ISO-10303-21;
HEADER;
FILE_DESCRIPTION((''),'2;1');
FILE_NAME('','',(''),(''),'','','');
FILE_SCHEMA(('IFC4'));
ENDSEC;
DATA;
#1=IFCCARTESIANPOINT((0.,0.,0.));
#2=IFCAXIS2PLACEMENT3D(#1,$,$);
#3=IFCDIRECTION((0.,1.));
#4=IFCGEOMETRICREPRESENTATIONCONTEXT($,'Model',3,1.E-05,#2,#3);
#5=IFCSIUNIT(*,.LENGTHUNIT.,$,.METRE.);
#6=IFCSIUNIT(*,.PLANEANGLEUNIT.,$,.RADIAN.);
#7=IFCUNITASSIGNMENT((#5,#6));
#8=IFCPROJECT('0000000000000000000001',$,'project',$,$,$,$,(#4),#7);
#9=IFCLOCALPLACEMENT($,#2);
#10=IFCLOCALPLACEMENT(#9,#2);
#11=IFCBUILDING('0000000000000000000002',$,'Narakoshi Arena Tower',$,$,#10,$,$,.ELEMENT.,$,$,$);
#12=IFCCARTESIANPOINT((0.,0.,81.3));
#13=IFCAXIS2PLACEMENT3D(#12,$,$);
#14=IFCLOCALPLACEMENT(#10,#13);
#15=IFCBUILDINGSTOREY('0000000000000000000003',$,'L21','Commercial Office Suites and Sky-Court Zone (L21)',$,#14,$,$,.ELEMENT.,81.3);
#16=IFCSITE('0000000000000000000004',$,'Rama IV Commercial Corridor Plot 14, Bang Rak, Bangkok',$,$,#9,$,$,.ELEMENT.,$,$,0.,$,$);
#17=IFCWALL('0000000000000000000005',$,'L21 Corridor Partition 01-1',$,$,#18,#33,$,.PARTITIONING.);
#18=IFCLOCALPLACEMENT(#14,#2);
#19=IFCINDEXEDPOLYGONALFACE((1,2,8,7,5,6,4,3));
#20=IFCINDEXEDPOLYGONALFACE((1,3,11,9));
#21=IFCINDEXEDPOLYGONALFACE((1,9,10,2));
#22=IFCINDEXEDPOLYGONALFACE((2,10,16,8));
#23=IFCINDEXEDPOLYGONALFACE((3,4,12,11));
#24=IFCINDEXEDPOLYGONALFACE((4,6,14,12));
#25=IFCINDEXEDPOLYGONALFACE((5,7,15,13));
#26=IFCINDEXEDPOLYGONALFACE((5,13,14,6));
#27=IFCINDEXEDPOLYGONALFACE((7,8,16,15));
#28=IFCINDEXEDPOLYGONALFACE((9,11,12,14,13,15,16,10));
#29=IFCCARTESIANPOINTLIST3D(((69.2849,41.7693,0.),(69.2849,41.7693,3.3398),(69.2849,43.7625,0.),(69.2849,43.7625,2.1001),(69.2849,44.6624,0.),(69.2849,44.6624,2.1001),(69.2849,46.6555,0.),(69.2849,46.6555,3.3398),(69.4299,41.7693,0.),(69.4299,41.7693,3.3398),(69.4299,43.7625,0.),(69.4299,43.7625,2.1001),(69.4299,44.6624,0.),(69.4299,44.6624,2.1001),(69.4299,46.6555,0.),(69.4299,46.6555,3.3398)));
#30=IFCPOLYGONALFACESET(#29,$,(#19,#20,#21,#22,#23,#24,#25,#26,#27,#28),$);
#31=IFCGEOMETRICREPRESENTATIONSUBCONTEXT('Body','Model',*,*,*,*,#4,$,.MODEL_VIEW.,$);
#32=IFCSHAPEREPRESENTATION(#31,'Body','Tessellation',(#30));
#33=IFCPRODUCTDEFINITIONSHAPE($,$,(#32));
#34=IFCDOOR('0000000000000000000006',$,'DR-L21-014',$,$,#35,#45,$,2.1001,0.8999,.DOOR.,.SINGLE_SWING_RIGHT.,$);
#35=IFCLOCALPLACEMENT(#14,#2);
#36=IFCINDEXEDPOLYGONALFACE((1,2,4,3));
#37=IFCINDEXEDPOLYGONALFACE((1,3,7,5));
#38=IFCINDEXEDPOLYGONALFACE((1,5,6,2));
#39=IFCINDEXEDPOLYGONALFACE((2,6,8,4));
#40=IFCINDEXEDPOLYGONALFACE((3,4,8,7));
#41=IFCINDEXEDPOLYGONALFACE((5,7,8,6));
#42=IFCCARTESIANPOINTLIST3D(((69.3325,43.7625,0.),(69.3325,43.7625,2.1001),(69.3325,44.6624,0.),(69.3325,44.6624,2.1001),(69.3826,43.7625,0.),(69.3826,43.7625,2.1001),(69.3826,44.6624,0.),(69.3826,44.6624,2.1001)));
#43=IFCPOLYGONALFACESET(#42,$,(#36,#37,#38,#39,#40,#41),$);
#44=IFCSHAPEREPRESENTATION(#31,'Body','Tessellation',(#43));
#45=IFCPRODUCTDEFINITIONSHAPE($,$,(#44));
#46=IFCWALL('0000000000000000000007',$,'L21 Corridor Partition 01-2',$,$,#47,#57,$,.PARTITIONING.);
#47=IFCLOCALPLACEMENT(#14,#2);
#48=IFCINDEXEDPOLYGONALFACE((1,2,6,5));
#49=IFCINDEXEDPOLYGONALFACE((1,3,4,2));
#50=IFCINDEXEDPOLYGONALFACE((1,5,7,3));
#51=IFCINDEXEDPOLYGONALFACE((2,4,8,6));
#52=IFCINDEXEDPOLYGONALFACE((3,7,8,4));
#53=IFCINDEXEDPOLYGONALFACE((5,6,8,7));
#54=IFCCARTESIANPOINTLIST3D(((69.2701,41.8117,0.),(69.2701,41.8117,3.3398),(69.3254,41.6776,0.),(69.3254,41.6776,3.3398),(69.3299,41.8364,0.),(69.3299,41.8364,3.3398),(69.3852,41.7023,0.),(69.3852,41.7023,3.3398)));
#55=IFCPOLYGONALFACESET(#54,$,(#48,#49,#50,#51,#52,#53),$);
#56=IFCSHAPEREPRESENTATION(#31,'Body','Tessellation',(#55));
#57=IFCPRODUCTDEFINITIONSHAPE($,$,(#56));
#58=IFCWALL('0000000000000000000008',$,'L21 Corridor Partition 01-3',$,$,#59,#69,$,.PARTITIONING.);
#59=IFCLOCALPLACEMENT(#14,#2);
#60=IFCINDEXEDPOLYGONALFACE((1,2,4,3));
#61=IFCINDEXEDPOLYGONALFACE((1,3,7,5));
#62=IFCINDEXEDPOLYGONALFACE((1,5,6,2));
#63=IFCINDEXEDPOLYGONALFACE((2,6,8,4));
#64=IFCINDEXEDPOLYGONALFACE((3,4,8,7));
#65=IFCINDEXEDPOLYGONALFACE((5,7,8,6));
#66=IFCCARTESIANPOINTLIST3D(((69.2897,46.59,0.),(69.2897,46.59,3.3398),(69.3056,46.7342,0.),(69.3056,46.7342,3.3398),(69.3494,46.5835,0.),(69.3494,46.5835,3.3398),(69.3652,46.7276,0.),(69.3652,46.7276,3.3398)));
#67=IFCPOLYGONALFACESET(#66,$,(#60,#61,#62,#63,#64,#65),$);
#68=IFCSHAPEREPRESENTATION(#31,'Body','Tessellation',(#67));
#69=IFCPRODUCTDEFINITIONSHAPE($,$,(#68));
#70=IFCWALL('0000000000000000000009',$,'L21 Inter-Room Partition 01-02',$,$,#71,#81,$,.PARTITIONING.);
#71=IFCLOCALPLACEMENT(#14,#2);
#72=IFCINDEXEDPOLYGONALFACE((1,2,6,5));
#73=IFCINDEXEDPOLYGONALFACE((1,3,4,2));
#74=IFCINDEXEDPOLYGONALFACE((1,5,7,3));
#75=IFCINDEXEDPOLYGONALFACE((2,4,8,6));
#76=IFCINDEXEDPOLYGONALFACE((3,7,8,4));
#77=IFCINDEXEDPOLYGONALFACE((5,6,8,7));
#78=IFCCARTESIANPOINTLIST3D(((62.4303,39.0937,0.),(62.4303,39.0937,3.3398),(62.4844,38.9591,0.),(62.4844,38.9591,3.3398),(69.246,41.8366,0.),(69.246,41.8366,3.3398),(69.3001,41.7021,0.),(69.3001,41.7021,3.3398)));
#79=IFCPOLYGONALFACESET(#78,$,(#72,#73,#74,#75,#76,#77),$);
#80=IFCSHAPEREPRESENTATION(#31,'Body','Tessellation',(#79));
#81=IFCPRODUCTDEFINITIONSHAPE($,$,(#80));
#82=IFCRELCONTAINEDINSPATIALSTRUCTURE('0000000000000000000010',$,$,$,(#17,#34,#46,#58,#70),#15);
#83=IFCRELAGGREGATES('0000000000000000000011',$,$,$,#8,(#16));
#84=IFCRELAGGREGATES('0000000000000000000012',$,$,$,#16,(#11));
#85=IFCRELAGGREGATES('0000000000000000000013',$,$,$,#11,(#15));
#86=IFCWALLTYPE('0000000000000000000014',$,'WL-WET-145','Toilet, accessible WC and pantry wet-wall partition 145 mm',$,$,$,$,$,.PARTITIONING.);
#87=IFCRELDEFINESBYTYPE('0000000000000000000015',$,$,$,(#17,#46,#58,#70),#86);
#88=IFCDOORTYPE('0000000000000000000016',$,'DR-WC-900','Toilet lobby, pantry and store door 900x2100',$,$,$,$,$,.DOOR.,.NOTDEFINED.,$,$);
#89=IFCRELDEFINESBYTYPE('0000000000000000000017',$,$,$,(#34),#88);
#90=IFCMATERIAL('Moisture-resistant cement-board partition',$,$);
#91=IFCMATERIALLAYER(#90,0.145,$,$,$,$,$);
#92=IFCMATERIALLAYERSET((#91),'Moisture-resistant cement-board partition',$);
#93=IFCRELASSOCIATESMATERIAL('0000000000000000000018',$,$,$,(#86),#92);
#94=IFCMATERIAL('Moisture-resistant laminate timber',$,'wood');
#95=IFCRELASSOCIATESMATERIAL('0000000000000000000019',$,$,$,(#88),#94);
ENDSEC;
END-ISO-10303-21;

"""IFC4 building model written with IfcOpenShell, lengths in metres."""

from ifc_helpers import new_model, si_unit, direction, frame, frame_2d, origin, place, context, subcontext, project, spatial, rectangle, extrude, material, layer, layer_set, type_object, element, fill, save


model = new_model("IFC4")

# Units and contexts
model_context = context("Model", 3, precision=1e-05, world=origin(), true_north=direction((0.0, 1.0)))
body_context = subcontext(model_context, "Body", "Model", "MODEL_VIEW")
ifc_project = project(units=[si_unit("LENGTHUNIT", "METRE"), si_unit("PLANEANGLEUNIT", "RADIAN")], contexts=[model_context])

# Site, building, storey
site_placement = place(None, origin())
site = spatial("IfcSite", under=ifc_project, at=site_placement, Name="Rama IV Commercial Corridor Plot 14, Bang Rak, Bangkok", CompositionType="ELEMENT", RefElevation=0.0)
building_placement = place(site_placement, origin())
building = spatial("IfcBuilding", under=site, at=building_placement, Name="Narakoshi Arena Tower", CompositionType="ELEMENT")
storey_placement = place(building_placement, frame((0.0, 0.0, 81.3)))
storey = spatial("IfcBuildingStorey", under=building, at=storey_placement, Name="L21", Description="Commercial Office Suites and Sky-Court Zone (L21)", CompositionType="ELEMENT", Elevation=81.3)

# Wall, opening, door
ifc_material_1 = material(Name="Moisture-resistant cement-board partition")
ifc_layer_1 = layer(ifc_material_1, 0.145)
ifc_layer_set_1 = layer_set([ifc_layer_1], Name="Moisture-resistant cement-board partition")
wall_type_1 = type_object("IfcWallType", Name="WL-WET-145", Description="Toilet, accessible WC and pantry wet-wall partition 145 mm", PredefinedType="PARTITIONING", material=ifc_layer_set_1)
wall_1_placement = place(storey_placement, frame((69.3574, 46.6555, 0.0), z_axis=(0.0, 0.0, 1.0), x_axis=(0.0, -1.0, 0.0)))
wall_1 = element("IfcWall", 1, at=wall_1_placement, inside=storey, type_object=wall_type_1, Name="L21 Corridor Partition 01-1", PredefinedType="PARTITIONING", context=body_context, shape_type="SweptSolid", body=[
    extrude(rectangle(XDim=4.8862, YDim=0.145, at=frame_2d((2.4431, 0.0))), origin(), (0.0, 0.0, 1.0), 3.3398),
])
opening_1_placement = place(wall_1_placement, frame((1.9932, 0.0, 0.0)))
opening_1 = element("IfcOpeningElement", 2, at=opening_1_placement, cuts=wall_1, PredefinedType="OPENING", context=body_context, shape_type="SweptSolid", body=[
    extrude(rectangle(XDim=0.8999, YDim=2.1001, at=frame_2d((0.45, 1.05))), frame((0.0, 0.0825, 0.0), z_axis=(0.0, -1.0, 0.0), x_axis=(1.0, 0.0, 0.0)), (0.0, 0.0, 1.0), 0.165),
])
ifc_material_2 = material(Name="Moisture-resistant laminate timber", Category="wood")
door_type_1 = type_object("IfcDoorType", Name="DR-WC-900", Description="Toilet lobby, pantry and store door 900x2100", OperationType="NOTDEFINED", PredefinedType="DOOR", material=ifc_material_2)
door_1_placement = place(opening_1_placement, frame((0.8999, 0.0, 0.0), z_axis=(0.0, 0.0, 1.0), x_axis=(-1.0, 0.0, 0.0)))
door_1 = element("IfcDoor", 3, at=door_1_placement, inside=storey, type_object=door_type_1, Name="DR-L21-014", OperationType="SINGLE_SWING_RIGHT", OverallHeight=2.1001, OverallWidth=0.8999, PredefinedType="DOOR", context=body_context, shape_type="SweptSolid", body=[
    extrude(rectangle(XDim=0.8999, YDim=2.1001, at=frame_2d((0.45, 1.05))), frame((0.0, 0.0249, 0.0), z_axis=(0.0, -1.0, 0.0), x_axis=(1.0, 0.0, 0.0)), (0.0, 0.0, 1.0), 0.05),
])
fill(opening_1, door_1)

# Walls
wall_2_placement = place(storey_placement, frame((69.3574, 41.7693, 0.0), z_axis=(0.0, 0.0, 1.0), x_axis=(-0.924522, -0.381129, 0.0)))
element("IfcWall", 4, at=wall_2_placement, inside=storey, type_object=wall_type_1, Name="L21 Corridor Partition 01-2", PredefinedType="PARTITIONING", context=body_context, shape_type="SweptSolid", body=[
    extrude(rectangle(XDim=0.0647, YDim=0.145, at=frame_2d((0.0322, 0.0))), origin(), (0.0, 0.0, 1.0), 3.3398),
])
wall_3_placement = place(storey_placement, frame((69.2976, 46.6621, 0.0), z_axis=(0.0, 0.0, 1.0), x_axis=(0.993982, -0.109541, 0.0)))
element("IfcWall", 5, at=wall_3_placement, inside=storey, type_object=wall_type_1, Name="L21 Corridor Partition 01-3", PredefinedType="PARTITIONING", context=body_context, shape_type="SweptSolid", body=[
    extrude(rectangle(XDim=0.0601, YDim=0.145, at=frame_2d((0.03, 0.0))), origin(), (0.0, 0.0, 1.0), 3.3398),
])
wall_4_placement = place(storey_placement, frame((69.2729, 41.7693, 0.0), z_axis=(0.0, 0.0, 1.0), x_axis=(-0.927693, -0.373344, 0.0)))
element("IfcWall", 6, at=wall_4_placement, inside=storey, type_object=wall_type_1, Name="L21 Inter-Room Partition 01-02", PredefinedType="PARTITIONING", context=body_context, shape_type="SweptSolid", body=[
    extrude(rectangle(XDim=7.3469, YDim=0.145, at=frame_2d((3.6733, 0.0))), origin(), (0.0, 0.0, 1.0), 3.3398),
])

save(model, "model.ifc")
